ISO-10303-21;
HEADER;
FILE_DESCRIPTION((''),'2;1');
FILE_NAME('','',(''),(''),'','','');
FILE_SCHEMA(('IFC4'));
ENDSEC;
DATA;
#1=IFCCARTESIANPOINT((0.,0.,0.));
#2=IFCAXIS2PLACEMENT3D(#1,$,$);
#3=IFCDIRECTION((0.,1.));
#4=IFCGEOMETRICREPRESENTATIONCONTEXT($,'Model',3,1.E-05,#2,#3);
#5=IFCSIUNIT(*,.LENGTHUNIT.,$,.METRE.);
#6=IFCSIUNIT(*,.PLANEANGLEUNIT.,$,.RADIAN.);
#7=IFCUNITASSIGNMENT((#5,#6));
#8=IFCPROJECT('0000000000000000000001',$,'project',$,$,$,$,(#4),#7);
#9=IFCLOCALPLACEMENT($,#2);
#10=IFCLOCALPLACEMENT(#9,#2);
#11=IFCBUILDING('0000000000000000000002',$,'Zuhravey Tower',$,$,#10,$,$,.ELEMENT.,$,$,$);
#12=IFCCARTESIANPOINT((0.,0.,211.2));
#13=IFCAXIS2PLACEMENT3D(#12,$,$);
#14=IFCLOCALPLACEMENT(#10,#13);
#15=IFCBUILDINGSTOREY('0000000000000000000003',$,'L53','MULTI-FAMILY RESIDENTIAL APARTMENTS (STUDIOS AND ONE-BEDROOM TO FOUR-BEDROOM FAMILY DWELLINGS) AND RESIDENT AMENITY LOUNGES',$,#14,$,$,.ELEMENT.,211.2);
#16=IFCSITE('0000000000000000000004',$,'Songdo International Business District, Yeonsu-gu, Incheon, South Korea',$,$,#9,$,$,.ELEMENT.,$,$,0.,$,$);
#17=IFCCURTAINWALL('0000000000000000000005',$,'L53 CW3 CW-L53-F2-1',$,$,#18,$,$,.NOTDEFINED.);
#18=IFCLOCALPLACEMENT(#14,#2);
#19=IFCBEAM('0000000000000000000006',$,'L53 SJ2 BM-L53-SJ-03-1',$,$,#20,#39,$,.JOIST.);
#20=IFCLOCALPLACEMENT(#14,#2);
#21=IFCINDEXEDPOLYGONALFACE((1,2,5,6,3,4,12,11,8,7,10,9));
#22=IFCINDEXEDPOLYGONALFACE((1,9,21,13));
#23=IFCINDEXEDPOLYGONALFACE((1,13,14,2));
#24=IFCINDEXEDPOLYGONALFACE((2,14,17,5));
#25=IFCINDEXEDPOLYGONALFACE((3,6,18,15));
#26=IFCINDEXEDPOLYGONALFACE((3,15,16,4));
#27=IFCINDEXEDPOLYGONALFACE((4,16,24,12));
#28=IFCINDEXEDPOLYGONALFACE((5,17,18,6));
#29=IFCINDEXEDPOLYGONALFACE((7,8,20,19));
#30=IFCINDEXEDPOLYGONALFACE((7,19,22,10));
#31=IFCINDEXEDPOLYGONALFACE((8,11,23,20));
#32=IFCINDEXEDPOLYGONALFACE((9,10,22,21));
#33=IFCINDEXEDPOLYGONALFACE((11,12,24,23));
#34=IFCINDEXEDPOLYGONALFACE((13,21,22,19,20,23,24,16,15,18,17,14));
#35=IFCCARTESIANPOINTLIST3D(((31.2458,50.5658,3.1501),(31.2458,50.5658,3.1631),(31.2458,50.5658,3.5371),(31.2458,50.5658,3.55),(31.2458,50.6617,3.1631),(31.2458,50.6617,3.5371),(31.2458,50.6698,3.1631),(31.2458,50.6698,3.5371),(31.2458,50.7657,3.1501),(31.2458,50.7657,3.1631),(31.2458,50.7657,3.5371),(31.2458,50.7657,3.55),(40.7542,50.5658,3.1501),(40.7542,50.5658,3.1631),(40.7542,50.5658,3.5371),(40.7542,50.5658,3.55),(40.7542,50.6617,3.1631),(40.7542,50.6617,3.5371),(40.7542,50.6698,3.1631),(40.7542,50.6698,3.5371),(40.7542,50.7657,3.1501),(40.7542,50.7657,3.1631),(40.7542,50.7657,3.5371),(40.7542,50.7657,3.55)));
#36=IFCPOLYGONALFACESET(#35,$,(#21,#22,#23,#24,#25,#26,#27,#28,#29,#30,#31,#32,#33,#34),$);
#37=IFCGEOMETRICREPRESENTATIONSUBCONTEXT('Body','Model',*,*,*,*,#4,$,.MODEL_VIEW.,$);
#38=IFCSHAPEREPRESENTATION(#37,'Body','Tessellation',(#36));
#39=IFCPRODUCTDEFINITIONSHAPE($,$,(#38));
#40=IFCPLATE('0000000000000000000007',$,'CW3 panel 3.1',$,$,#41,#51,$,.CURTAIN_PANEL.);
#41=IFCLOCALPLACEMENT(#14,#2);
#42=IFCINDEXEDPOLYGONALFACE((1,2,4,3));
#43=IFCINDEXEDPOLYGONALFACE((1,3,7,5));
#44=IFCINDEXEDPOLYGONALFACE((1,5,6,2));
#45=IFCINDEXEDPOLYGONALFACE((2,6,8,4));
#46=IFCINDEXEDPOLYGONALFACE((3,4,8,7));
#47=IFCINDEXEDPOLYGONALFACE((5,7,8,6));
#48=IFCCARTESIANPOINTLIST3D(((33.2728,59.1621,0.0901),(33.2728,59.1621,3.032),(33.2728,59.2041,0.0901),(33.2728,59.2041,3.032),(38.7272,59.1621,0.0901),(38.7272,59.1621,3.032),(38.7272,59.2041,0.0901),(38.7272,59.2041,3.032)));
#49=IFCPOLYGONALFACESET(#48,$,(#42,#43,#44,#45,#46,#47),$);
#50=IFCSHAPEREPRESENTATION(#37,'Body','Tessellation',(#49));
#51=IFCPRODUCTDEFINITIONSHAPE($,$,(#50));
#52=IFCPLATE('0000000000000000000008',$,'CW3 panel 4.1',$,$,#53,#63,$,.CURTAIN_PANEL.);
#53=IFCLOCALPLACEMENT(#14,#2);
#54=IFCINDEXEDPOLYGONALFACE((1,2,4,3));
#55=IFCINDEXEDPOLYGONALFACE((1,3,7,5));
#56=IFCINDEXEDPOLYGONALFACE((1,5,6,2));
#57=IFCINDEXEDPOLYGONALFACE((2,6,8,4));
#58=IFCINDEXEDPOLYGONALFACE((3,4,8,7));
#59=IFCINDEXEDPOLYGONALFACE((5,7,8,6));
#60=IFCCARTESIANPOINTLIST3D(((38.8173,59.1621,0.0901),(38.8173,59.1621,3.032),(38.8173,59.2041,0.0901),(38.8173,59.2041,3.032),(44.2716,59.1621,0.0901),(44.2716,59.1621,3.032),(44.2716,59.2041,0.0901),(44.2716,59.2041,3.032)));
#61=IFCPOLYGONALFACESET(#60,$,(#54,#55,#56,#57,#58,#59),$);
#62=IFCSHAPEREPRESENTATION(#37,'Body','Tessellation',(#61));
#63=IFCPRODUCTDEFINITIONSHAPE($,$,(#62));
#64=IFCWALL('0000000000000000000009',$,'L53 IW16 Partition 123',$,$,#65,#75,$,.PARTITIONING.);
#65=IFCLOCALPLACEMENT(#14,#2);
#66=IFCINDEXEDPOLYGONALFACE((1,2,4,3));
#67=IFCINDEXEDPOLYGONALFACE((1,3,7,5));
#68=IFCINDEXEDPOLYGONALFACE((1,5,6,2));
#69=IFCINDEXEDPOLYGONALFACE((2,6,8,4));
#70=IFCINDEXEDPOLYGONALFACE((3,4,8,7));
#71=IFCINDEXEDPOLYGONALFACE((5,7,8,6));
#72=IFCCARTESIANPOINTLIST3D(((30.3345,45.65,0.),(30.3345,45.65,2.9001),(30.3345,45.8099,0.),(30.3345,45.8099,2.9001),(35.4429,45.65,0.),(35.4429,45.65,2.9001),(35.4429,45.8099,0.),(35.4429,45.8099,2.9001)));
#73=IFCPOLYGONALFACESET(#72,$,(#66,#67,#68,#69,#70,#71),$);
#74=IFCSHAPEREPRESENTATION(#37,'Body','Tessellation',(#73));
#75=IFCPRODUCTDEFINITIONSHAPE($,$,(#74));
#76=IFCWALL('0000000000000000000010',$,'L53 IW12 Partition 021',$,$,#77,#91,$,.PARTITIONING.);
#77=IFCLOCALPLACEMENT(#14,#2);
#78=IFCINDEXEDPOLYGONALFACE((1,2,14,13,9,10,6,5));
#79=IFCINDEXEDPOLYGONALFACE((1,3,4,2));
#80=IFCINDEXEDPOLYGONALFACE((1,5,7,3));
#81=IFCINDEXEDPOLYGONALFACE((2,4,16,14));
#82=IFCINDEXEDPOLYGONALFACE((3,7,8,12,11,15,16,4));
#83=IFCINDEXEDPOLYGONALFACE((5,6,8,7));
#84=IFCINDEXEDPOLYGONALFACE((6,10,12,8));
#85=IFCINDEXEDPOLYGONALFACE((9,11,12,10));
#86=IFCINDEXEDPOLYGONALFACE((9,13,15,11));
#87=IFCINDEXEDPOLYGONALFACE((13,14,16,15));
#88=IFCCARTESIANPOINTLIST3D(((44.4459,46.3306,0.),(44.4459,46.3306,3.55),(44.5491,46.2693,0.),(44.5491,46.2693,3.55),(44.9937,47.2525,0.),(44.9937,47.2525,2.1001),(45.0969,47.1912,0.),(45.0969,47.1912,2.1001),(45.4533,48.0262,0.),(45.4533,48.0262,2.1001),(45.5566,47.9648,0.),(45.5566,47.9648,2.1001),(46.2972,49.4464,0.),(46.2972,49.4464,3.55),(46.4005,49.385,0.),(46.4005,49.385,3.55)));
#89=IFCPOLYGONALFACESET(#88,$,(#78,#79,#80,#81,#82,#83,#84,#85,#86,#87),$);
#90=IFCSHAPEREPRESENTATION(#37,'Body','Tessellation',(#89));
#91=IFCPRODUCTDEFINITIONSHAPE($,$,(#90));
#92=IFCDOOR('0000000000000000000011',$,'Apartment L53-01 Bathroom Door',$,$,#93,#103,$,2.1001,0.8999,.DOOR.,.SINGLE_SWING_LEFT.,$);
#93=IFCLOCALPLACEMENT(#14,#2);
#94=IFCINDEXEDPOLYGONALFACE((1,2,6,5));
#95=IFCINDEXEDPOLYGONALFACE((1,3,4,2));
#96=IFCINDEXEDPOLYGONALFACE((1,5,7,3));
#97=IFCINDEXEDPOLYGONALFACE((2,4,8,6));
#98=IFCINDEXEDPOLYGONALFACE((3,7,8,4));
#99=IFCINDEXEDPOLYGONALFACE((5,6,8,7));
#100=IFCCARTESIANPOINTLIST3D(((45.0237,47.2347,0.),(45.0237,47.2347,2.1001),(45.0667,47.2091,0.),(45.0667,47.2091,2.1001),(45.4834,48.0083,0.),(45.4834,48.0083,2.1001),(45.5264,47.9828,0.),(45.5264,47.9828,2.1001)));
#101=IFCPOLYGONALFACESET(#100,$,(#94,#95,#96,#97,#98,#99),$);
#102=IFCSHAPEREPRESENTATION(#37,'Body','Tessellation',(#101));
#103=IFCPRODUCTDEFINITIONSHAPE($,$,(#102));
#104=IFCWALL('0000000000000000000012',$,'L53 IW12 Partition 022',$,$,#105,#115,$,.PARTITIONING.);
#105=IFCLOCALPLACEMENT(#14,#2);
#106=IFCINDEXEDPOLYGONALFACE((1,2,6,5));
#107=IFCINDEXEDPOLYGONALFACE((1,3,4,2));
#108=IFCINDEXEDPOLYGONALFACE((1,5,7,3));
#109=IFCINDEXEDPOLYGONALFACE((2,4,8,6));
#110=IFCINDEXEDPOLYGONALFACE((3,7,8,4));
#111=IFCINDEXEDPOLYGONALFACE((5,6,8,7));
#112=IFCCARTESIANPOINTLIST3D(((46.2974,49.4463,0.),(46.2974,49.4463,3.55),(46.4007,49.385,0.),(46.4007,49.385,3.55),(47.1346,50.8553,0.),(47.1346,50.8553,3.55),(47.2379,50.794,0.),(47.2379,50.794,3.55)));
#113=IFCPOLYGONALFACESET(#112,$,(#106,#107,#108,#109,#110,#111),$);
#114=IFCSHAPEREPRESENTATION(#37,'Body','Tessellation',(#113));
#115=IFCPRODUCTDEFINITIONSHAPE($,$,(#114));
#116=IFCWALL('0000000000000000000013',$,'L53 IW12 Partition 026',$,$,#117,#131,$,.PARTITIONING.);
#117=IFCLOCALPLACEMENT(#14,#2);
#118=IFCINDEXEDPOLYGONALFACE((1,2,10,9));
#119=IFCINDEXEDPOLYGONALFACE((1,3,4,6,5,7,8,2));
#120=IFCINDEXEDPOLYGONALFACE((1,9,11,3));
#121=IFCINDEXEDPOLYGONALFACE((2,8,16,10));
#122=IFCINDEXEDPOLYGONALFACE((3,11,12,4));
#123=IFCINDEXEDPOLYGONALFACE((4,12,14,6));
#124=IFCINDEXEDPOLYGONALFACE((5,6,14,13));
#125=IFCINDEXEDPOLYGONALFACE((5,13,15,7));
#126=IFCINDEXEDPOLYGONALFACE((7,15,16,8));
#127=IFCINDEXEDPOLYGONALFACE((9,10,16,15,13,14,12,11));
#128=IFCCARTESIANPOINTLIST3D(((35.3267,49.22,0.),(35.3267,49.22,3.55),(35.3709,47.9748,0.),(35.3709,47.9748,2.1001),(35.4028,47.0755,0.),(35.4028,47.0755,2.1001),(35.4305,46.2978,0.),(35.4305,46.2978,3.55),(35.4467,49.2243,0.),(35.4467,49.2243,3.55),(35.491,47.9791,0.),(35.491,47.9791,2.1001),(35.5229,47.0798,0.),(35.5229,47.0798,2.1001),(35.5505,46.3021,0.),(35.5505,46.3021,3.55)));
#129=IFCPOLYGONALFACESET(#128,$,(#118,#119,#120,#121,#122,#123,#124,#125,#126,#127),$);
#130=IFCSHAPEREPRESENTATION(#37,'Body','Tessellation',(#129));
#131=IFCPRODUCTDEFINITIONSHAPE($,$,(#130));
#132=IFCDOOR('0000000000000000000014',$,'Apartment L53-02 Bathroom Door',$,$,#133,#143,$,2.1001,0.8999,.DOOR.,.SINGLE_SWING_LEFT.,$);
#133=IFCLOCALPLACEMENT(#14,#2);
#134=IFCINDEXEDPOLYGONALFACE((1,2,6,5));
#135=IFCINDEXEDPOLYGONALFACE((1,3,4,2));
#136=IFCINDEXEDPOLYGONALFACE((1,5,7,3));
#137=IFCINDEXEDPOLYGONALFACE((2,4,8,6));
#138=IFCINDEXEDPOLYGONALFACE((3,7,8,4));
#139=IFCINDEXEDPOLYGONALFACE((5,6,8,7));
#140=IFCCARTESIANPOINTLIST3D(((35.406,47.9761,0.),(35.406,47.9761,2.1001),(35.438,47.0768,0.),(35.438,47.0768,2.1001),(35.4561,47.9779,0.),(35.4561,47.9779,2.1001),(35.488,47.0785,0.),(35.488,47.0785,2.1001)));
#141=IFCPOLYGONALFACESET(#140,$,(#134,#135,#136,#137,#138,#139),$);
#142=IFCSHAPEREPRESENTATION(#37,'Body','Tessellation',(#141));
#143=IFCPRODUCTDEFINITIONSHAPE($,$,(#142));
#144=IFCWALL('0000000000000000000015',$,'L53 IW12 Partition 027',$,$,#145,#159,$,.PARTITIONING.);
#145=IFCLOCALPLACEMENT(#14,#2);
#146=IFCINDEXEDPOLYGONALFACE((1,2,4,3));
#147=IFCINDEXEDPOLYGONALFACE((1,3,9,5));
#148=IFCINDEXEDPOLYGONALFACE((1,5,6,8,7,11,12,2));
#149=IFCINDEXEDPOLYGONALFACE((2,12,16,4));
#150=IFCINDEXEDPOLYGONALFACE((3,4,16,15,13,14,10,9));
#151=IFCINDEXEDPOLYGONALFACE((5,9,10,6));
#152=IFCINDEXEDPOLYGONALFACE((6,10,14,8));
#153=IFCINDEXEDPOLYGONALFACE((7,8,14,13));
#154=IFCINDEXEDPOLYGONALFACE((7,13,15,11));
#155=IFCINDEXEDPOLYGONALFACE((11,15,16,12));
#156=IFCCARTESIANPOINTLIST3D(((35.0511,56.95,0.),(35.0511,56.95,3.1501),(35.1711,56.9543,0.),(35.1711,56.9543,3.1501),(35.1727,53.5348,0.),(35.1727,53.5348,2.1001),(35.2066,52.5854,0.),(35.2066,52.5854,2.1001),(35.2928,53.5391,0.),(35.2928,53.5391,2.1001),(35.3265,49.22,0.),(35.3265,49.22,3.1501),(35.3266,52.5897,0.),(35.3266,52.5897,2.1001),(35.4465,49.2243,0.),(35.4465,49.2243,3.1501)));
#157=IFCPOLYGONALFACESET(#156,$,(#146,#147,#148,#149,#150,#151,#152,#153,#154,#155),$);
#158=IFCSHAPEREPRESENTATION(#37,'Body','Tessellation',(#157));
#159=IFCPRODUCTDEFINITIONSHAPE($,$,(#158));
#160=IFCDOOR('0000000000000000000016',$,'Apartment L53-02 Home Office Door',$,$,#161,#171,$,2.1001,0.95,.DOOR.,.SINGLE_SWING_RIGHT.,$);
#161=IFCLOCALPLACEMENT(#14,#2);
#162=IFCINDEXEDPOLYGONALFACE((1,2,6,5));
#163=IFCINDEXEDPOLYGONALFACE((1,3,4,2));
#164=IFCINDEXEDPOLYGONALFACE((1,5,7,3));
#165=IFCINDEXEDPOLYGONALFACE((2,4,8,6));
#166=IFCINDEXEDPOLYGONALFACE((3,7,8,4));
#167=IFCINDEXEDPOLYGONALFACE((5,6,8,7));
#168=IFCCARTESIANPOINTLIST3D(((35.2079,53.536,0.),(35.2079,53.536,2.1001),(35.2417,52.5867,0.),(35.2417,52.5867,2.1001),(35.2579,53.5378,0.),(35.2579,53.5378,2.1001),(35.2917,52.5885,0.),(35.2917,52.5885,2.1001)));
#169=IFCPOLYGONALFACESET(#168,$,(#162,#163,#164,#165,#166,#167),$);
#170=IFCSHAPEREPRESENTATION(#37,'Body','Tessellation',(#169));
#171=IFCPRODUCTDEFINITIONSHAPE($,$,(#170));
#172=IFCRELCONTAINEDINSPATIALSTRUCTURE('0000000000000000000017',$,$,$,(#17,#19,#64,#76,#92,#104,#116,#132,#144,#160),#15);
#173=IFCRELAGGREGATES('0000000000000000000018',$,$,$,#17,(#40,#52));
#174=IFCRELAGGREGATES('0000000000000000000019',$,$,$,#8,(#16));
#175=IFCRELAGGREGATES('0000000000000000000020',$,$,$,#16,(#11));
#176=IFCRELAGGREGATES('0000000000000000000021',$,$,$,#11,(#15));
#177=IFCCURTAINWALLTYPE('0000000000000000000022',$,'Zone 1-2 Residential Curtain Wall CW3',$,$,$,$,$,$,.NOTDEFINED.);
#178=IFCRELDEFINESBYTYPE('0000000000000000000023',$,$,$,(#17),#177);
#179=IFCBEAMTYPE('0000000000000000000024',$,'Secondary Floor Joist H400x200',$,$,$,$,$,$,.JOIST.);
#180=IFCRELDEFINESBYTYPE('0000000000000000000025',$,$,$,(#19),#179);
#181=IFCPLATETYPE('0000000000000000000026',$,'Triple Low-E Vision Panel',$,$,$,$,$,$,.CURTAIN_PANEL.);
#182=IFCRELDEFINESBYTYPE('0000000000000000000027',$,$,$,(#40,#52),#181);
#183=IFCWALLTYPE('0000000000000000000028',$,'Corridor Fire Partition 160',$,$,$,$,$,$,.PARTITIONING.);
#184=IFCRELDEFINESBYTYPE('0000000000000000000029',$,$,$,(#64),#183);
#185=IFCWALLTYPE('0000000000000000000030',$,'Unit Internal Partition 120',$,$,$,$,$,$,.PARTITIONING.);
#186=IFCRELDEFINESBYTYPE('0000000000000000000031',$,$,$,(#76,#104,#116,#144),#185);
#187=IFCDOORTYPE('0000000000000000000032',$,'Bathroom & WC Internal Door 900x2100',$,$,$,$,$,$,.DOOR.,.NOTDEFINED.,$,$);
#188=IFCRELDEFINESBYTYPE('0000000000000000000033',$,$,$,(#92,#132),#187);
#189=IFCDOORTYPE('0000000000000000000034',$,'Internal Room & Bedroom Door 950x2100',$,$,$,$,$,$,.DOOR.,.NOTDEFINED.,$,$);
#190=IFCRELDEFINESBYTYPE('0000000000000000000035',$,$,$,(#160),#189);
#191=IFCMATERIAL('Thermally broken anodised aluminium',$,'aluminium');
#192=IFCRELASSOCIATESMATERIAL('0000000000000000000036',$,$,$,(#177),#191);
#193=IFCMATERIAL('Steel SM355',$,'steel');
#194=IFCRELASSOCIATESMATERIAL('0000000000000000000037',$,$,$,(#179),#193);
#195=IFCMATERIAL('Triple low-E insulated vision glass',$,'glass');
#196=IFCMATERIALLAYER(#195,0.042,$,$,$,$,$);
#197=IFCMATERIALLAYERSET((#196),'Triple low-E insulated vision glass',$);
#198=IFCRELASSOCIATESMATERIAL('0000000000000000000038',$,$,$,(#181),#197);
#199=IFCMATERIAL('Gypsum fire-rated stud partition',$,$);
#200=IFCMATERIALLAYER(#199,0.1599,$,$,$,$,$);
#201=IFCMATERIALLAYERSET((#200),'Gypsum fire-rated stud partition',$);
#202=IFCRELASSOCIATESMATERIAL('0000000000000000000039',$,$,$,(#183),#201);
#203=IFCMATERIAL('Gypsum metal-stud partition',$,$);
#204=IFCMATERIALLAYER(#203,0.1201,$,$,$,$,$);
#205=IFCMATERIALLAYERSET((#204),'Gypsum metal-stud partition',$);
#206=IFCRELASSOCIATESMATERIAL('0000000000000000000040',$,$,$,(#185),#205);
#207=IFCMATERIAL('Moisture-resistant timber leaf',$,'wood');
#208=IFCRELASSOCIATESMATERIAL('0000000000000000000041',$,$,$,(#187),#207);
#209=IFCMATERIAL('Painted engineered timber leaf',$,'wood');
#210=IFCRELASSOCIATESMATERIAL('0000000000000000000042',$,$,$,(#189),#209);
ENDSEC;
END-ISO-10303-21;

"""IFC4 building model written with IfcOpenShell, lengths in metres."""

from ifc_helpers import new_model, si_unit, direction, frame, frame_2d, origin, origin_2d, place, context, subcontext, project, spatial, rectangle, i_section, extrude, material, layer, layer_set, material_profile, profile_set, type_object, element, fill, aggregate, save


model = new_model("IFC4")

# Units and contexts
model_context = context("Model", 3, precision=1e-05, world=origin(), true_north=direction((0.0, 1.0)))
body_context = subcontext(model_context, "Body", "Model", "MODEL_VIEW")
ifc_project = project(units=[si_unit("LENGTHUNIT", "METRE"), si_unit("PLANEANGLEUNIT", "RADIAN")], contexts=[model_context])

# Site, building, storey
site_placement = place(None, origin())
site = spatial("IfcSite", under=ifc_project, at=site_placement, Name="Songdo International Business District, Yeonsu-gu, Incheon, South Korea", CompositionType="ELEMENT", RefElevation=0.0)
building_placement = place(site_placement, origin())
building = spatial("IfcBuilding", under=site, at=building_placement, Name="Zuhravey Tower", CompositionType="ELEMENT")
storey_placement = place(building_placement, frame((0.0, 0.0, 211.2)))
storey = spatial("IfcBuildingStorey", under=building, at=storey_placement, Name="L53", Description="MULTI-FAMILY RESIDENTIAL APARTMENTS (STUDIOS AND ONE-BEDROOM TO FOUR-BEDROOM FAMILY DWELLINGS) AND RESIDENT AMENITY LOUNGES", CompositionType="ELEMENT", Elevation=211.2)

# Curtain wall
ifc_material_1 = material(Name="Thermally broken anodised aluminium", Category="aluminium")
curtain_wall_type = type_object("IfcCurtainWallType", Name="Zone 1-2 Residential Curtain Wall CW3", PredefinedType="NOTDEFINED", material=ifc_material_1)
curtain_wall_placement = place(storey_placement, origin())
curtain_wall = element("IfcCurtainWall", 1, at=curtain_wall_placement, inside=storey, type_object=curtain_wall_type, Name="L53 CW3 CW-L53-F2-1", PredefinedType="NOTDEFINED")

# Beam
ifc_material_2 = material(Name="Steel SM355", Category="steel")
ifc_material_profile_1 = material_profile(ifc_material_2, i_section(OverallWidth=0.2, OverallDepth=0.3999, WebThickness=0.0081, FlangeThickness=0.0129, at=origin_2d()), Name="H-400x200x8x13")
ifc_profile_set_1 = profile_set([ifc_material_profile_1], Name="Steel SM355")
beam_type_1 = type_object("IfcBeamType", Name="Secondary Floor Joist H400x200", PredefinedType="JOIST", material=ifc_profile_set_1)
beam_1_placement = place(storey_placement, frame((40.7542, 50.6658, 3.3501), z_axis=(-1.0, 0.0, 0.0), x_axis=(0.0, -1.0, 0.0)))
element("IfcBeam", 2, at=beam_1_placement, inside=storey, type_object=beam_type_1, Name="L53 SJ2 BM-L53-SJ-03-1", PredefinedType="JOIST", context=body_context, shape_type="SweptSolid", body=[
    extrude(i_section(OverallWidth=0.2, OverallDepth=0.3999, WebThickness=0.0081, FlangeThickness=0.0129, at=origin_2d()), origin(), (0.0, 0.0, 1.0), 9.5083),
])

# Plates
ifc_material_3 = material(Name="Triple low-E insulated vision glass", Category="glass")
ifc_layer_1 = layer(ifc_material_3, 0.042)
ifc_layer_set_1 = layer_set([ifc_layer_1], Name="Triple low-E insulated vision glass")
plate_type = type_object("IfcPlateType", Name="Triple Low-E Vision Panel", PredefinedType="CURTAIN_PANEL", material=ifc_layer_set_1)
plate_1_placement = place(storey_placement, frame((36.0, 59.1831, 0.0901), z_axis=(0.0, 0.0, 1.0), x_axis=(1.0, 0.0, 0.0)))
plate_1 = element("IfcPlate", 3, at=plate_1_placement, type_object=plate_type, Name="CW3 panel 3.1", PredefinedType="CURTAIN_PANEL", context=body_context, shape_type="SweptSolid", body=[
    extrude(rectangle(XDim=5.4543, YDim=0.042, at=origin_2d()), origin(), (0.0, 0.0, 1.0), 2.9419),
])
plate_2_placement = place(storey_placement, frame((41.5444, 59.1831, 0.0901), z_axis=(0.0, 0.0, 1.0), x_axis=(1.0, 0.0, 0.0)))
plate_2 = element("IfcPlate", 4, at=plate_2_placement, type_object=plate_type, Name="CW3 panel 4.1", PredefinedType="CURTAIN_PANEL", context=body_context, shape_type="SweptSolid", body=[
    extrude(rectangle(XDim=5.4543, YDim=0.042, at=origin_2d()), origin(), (0.0, 0.0, 1.0), 2.9419),
])
aggregate(curtain_wall, [plate_1, plate_2])

# Shared definitions
ifc_material_4 = material(Name="Gypsum fire-rated stud partition")
ifc_layer_2 = layer(ifc_material_4, 0.1599)
ifc_layer_set_2 = layer_set([ifc_layer_2], Name="Gypsum fire-rated stud partition")
wall_type_1 = type_object("IfcWallType", Name="Corridor Fire Partition 160", PredefinedType="PARTITIONING", material=ifc_layer_set_2)

# Wall
wall_1_placement = place(storey_placement, frame((35.4429, 45.73, 0.0), z_axis=(0.0, 0.0, 1.0), x_axis=(-1.0, 0.0, 0.0)))
element("IfcWall", 5, at=wall_1_placement, inside=storey, type_object=wall_type_1, Name="L53 IW16 Partition 123", PredefinedType="PARTITIONING", context=body_context, shape_type="SweptSolid", body=[
    extrude(rectangle(XDim=5.1084, YDim=0.1599, at=frame_2d((2.5542, 0.0))), origin(), (0.0, 0.0, 1.0), 2.9001),
])

# Wall, opening, door
ifc_material_5 = material(Name="Gypsum metal-stud partition")
ifc_layer_3 = layer(ifc_material_5, 0.1201)
ifc_layer_set_3 = layer_set([ifc_layer_3], Name="Gypsum metal-stud partition")
wall_type_2 = type_object("IfcWallType", Name="Unit Internal Partition 120", PredefinedType="PARTITIONING", material=ifc_layer_set_3)
wall_2_placement = place(storey_placement, frame((44.4976, 46.3, 0.0), z_axis=(0.0, 0.0, 1.0), x_axis=(0.510816, 0.85969, 0.0)))
wall_2 = element("IfcWall", 6, at=wall_2_placement, inside=storey, type_object=wall_type_2, Name="L53 IW12 Partition 021", PredefinedType="PARTITIONING", context=body_context, shape_type="SweptSolid", body=[
    extrude(rectangle(XDim=3.6243, YDim=0.1201, at=frame_2d((1.812, 0.0))), origin(), (0.0, 0.0, 1.0), 3.55),
])
opening_1_placement = place(wall_2_placement, frame((1.0723, 0.0, 0.0)))
opening_1 = element("IfcOpeningElement", 7, at=opening_1_placement, cuts=wall_2, PredefinedType="OPENING", context=body_context, shape_type="SweptSolid", body=[
    extrude(rectangle(XDim=0.8999, YDim=2.1001, at=frame_2d((0.45, 1.05))), frame((0.0, 0.072, 0.0), z_axis=(0.0, -1.0, 0.0), x_axis=(1.0, 0.0, 0.0)), (0.0, 0.0, 1.0), 0.144),
])
ifc_material_6 = material(Name="Moisture-resistant timber leaf", Category="wood")
door_type_1 = type_object("IfcDoorType", Name="Bathroom & WC Internal Door 900x2100", OperationType="NOTDEFINED", PredefinedType="DOOR", material=ifc_material_6)
door_1_placement = place(opening_1_placement, frame((0.8999, 0.0, 0.0), z_axis=(0.0, 0.0, 1.0), x_axis=(-1.0, 0.0, 0.0)))
door_1 = element("IfcDoor", 8, at=door_1_placement, inside=storey, type_object=door_type_1, Name="Apartment L53-01 Bathroom Door", OperationType="SINGLE_SWING_LEFT", OverallHeight=2.1001, OverallWidth=0.8999, PredefinedType="DOOR", context=body_context, shape_type="SweptSolid", body=[
    extrude(rectangle(XDim=0.8999, YDim=2.1001, at=frame_2d((0.45, 1.05))), frame((0.0, 0.0249, 0.0), z_axis=(0.0, -1.0, 0.0), x_axis=(1.0, 0.0, 0.0)), (0.0, 0.0, 1.0), 0.05),
])
fill(opening_1, door_1)

# Wall
wall_3_placement = place(storey_placement, frame((46.3491, 49.4158, 0.0), z_axis=(0.0, 0.0, 1.0), x_axis=(0.510811, 0.859693, 0.0)))
element("IfcWall", 9, at=wall_3_placement, inside=storey, type_object=wall_type_2, Name="L53 IW12 Partition 022", PredefinedType="PARTITIONING", context=body_context, shape_type="SweptSolid", body=[
    extrude(rectangle(XDim=1.6389, YDim=0.1201, at=frame_2d((0.8193, 0.0))), origin(), (0.0, 0.0, 1.0), 3.55),
])

# Walls, openings, doors
wall_4_placement = place(storey_placement, frame((35.4905, 46.3, 0.0), z_axis=(0.0, 0.0, 1.0), x_axis=(-0.035486, 0.99937, 0.0)))
wall_4 = element("IfcWall", 10, at=wall_4_placement, inside=storey, type_object=wall_type_2, Name="L53 IW12 Partition 026", PredefinedType="PARTITIONING", context=body_context, shape_type="SweptSolid", body=[
    extrude(rectangle(XDim=2.9241, YDim=0.1201, at=frame_2d((1.4619, 0.0))), origin(), (0.0, 0.0, 1.0), 3.55),
])
opening_2_placement = place(wall_4_placement, frame((0.7781, 0.0, 0.0)))
opening_2 = element("IfcOpeningElement", 11, at=opening_2_placement, cuts=wall_4, PredefinedType="OPENING", context=body_context, shape_type="SweptSolid", body=[
    extrude(rectangle(XDim=0.8999, YDim=2.1001, at=frame_2d((0.45, 1.05))), frame((0.0, 0.072, 0.0), z_axis=(0.0, -1.0, 0.0), x_axis=(1.0, 0.0, 0.0)), (0.0, 0.0, 1.0), 0.144),
])
door_2_placement = place(opening_2_placement, origin())
door_2 = element("IfcDoor", 12, at=door_2_placement, inside=storey, type_object=door_type_1, Name="Apartment L53-02 Bathroom Door", OperationType="SINGLE_SWING_LEFT", OverallHeight=2.1001, OverallWidth=0.8999, PredefinedType="DOOR", context=body_context, shape_type="SweptSolid", body=[
    extrude(rectangle(XDim=0.8999, YDim=2.1001, at=frame_2d((0.45, 1.05))), frame((0.0, 0.0249, 0.0), z_axis=(0.0, -1.0, 0.0), x_axis=(1.0, 0.0, 0.0)), (0.0, 0.0, 1.0), 0.05),
])
fill(opening_2, door_2)
wall_5_placement = place(storey_placement, frame((35.3865, 49.2222, 0.0), z_axis=(0.0, 0.0, 1.0), x_axis=(-0.035604, 0.999366, 0.0)))
wall_5 = element("IfcWall", 13, at=wall_5_placement, inside=storey, type_object=wall_type_2, Name="L53 IW12 Partition 027", PredefinedType="PARTITIONING", context=body_context, shape_type="SweptSolid", body=[
    extrude(rectangle(XDim=7.7349, YDim=0.1201, at=frame_2d((3.8674, 0.0))), origin(), (0.0, 0.0, 1.0), 3.1501),
])
opening_3_placement = place(wall_5_placement, frame((3.3674, 0.0, 0.0)))
opening_3 = element("IfcOpeningElement", 14, at=opening_3_placement, cuts=wall_5, PredefinedType="OPENING", context=body_context, shape_type="SweptSolid", body=[
    extrude(rectangle(XDim=0.95, YDim=2.1001, at=frame_2d((0.4751, 1.05))), frame((0.0, 0.072, 0.0), z_axis=(0.0, -1.0, 0.0), x_axis=(1.0, 0.0, 0.0)), (0.0, 0.0, 1.0), 0.144),
])
ifc_material_7 = material(Name="Painted engineered timber leaf", Category="wood")
door_type_2 = type_object("IfcDoorType", Name="Internal Room & Bedroom Door 950x2100", OperationType="NOTDEFINED", PredefinedType="DOOR", material=ifc_material_7)
door_3_placement = place(opening_3_placement, origin())
door_3 = element("IfcDoor", 15, at=door_3_placement, inside=storey, type_object=door_type_2, Name="Apartment L53-02 Home Office Door", OperationType="SINGLE_SWING_RIGHT", OverallHeight=2.1001, OverallWidth=0.95, PredefinedType="DOOR", context=body_context, shape_type="SweptSolid", body=[
    extrude(rectangle(XDim=0.95, YDim=2.1001, at=frame_2d((0.4751, 1.05))), frame((0.0, 0.0249, 0.0), z_axis=(0.0, -1.0, 0.0), x_axis=(1.0, 0.0, 0.0)), (0.0, 0.0, 1.0), 0.05),
])
fill(opening_3, door_3)

save(model, "model.ifc")
